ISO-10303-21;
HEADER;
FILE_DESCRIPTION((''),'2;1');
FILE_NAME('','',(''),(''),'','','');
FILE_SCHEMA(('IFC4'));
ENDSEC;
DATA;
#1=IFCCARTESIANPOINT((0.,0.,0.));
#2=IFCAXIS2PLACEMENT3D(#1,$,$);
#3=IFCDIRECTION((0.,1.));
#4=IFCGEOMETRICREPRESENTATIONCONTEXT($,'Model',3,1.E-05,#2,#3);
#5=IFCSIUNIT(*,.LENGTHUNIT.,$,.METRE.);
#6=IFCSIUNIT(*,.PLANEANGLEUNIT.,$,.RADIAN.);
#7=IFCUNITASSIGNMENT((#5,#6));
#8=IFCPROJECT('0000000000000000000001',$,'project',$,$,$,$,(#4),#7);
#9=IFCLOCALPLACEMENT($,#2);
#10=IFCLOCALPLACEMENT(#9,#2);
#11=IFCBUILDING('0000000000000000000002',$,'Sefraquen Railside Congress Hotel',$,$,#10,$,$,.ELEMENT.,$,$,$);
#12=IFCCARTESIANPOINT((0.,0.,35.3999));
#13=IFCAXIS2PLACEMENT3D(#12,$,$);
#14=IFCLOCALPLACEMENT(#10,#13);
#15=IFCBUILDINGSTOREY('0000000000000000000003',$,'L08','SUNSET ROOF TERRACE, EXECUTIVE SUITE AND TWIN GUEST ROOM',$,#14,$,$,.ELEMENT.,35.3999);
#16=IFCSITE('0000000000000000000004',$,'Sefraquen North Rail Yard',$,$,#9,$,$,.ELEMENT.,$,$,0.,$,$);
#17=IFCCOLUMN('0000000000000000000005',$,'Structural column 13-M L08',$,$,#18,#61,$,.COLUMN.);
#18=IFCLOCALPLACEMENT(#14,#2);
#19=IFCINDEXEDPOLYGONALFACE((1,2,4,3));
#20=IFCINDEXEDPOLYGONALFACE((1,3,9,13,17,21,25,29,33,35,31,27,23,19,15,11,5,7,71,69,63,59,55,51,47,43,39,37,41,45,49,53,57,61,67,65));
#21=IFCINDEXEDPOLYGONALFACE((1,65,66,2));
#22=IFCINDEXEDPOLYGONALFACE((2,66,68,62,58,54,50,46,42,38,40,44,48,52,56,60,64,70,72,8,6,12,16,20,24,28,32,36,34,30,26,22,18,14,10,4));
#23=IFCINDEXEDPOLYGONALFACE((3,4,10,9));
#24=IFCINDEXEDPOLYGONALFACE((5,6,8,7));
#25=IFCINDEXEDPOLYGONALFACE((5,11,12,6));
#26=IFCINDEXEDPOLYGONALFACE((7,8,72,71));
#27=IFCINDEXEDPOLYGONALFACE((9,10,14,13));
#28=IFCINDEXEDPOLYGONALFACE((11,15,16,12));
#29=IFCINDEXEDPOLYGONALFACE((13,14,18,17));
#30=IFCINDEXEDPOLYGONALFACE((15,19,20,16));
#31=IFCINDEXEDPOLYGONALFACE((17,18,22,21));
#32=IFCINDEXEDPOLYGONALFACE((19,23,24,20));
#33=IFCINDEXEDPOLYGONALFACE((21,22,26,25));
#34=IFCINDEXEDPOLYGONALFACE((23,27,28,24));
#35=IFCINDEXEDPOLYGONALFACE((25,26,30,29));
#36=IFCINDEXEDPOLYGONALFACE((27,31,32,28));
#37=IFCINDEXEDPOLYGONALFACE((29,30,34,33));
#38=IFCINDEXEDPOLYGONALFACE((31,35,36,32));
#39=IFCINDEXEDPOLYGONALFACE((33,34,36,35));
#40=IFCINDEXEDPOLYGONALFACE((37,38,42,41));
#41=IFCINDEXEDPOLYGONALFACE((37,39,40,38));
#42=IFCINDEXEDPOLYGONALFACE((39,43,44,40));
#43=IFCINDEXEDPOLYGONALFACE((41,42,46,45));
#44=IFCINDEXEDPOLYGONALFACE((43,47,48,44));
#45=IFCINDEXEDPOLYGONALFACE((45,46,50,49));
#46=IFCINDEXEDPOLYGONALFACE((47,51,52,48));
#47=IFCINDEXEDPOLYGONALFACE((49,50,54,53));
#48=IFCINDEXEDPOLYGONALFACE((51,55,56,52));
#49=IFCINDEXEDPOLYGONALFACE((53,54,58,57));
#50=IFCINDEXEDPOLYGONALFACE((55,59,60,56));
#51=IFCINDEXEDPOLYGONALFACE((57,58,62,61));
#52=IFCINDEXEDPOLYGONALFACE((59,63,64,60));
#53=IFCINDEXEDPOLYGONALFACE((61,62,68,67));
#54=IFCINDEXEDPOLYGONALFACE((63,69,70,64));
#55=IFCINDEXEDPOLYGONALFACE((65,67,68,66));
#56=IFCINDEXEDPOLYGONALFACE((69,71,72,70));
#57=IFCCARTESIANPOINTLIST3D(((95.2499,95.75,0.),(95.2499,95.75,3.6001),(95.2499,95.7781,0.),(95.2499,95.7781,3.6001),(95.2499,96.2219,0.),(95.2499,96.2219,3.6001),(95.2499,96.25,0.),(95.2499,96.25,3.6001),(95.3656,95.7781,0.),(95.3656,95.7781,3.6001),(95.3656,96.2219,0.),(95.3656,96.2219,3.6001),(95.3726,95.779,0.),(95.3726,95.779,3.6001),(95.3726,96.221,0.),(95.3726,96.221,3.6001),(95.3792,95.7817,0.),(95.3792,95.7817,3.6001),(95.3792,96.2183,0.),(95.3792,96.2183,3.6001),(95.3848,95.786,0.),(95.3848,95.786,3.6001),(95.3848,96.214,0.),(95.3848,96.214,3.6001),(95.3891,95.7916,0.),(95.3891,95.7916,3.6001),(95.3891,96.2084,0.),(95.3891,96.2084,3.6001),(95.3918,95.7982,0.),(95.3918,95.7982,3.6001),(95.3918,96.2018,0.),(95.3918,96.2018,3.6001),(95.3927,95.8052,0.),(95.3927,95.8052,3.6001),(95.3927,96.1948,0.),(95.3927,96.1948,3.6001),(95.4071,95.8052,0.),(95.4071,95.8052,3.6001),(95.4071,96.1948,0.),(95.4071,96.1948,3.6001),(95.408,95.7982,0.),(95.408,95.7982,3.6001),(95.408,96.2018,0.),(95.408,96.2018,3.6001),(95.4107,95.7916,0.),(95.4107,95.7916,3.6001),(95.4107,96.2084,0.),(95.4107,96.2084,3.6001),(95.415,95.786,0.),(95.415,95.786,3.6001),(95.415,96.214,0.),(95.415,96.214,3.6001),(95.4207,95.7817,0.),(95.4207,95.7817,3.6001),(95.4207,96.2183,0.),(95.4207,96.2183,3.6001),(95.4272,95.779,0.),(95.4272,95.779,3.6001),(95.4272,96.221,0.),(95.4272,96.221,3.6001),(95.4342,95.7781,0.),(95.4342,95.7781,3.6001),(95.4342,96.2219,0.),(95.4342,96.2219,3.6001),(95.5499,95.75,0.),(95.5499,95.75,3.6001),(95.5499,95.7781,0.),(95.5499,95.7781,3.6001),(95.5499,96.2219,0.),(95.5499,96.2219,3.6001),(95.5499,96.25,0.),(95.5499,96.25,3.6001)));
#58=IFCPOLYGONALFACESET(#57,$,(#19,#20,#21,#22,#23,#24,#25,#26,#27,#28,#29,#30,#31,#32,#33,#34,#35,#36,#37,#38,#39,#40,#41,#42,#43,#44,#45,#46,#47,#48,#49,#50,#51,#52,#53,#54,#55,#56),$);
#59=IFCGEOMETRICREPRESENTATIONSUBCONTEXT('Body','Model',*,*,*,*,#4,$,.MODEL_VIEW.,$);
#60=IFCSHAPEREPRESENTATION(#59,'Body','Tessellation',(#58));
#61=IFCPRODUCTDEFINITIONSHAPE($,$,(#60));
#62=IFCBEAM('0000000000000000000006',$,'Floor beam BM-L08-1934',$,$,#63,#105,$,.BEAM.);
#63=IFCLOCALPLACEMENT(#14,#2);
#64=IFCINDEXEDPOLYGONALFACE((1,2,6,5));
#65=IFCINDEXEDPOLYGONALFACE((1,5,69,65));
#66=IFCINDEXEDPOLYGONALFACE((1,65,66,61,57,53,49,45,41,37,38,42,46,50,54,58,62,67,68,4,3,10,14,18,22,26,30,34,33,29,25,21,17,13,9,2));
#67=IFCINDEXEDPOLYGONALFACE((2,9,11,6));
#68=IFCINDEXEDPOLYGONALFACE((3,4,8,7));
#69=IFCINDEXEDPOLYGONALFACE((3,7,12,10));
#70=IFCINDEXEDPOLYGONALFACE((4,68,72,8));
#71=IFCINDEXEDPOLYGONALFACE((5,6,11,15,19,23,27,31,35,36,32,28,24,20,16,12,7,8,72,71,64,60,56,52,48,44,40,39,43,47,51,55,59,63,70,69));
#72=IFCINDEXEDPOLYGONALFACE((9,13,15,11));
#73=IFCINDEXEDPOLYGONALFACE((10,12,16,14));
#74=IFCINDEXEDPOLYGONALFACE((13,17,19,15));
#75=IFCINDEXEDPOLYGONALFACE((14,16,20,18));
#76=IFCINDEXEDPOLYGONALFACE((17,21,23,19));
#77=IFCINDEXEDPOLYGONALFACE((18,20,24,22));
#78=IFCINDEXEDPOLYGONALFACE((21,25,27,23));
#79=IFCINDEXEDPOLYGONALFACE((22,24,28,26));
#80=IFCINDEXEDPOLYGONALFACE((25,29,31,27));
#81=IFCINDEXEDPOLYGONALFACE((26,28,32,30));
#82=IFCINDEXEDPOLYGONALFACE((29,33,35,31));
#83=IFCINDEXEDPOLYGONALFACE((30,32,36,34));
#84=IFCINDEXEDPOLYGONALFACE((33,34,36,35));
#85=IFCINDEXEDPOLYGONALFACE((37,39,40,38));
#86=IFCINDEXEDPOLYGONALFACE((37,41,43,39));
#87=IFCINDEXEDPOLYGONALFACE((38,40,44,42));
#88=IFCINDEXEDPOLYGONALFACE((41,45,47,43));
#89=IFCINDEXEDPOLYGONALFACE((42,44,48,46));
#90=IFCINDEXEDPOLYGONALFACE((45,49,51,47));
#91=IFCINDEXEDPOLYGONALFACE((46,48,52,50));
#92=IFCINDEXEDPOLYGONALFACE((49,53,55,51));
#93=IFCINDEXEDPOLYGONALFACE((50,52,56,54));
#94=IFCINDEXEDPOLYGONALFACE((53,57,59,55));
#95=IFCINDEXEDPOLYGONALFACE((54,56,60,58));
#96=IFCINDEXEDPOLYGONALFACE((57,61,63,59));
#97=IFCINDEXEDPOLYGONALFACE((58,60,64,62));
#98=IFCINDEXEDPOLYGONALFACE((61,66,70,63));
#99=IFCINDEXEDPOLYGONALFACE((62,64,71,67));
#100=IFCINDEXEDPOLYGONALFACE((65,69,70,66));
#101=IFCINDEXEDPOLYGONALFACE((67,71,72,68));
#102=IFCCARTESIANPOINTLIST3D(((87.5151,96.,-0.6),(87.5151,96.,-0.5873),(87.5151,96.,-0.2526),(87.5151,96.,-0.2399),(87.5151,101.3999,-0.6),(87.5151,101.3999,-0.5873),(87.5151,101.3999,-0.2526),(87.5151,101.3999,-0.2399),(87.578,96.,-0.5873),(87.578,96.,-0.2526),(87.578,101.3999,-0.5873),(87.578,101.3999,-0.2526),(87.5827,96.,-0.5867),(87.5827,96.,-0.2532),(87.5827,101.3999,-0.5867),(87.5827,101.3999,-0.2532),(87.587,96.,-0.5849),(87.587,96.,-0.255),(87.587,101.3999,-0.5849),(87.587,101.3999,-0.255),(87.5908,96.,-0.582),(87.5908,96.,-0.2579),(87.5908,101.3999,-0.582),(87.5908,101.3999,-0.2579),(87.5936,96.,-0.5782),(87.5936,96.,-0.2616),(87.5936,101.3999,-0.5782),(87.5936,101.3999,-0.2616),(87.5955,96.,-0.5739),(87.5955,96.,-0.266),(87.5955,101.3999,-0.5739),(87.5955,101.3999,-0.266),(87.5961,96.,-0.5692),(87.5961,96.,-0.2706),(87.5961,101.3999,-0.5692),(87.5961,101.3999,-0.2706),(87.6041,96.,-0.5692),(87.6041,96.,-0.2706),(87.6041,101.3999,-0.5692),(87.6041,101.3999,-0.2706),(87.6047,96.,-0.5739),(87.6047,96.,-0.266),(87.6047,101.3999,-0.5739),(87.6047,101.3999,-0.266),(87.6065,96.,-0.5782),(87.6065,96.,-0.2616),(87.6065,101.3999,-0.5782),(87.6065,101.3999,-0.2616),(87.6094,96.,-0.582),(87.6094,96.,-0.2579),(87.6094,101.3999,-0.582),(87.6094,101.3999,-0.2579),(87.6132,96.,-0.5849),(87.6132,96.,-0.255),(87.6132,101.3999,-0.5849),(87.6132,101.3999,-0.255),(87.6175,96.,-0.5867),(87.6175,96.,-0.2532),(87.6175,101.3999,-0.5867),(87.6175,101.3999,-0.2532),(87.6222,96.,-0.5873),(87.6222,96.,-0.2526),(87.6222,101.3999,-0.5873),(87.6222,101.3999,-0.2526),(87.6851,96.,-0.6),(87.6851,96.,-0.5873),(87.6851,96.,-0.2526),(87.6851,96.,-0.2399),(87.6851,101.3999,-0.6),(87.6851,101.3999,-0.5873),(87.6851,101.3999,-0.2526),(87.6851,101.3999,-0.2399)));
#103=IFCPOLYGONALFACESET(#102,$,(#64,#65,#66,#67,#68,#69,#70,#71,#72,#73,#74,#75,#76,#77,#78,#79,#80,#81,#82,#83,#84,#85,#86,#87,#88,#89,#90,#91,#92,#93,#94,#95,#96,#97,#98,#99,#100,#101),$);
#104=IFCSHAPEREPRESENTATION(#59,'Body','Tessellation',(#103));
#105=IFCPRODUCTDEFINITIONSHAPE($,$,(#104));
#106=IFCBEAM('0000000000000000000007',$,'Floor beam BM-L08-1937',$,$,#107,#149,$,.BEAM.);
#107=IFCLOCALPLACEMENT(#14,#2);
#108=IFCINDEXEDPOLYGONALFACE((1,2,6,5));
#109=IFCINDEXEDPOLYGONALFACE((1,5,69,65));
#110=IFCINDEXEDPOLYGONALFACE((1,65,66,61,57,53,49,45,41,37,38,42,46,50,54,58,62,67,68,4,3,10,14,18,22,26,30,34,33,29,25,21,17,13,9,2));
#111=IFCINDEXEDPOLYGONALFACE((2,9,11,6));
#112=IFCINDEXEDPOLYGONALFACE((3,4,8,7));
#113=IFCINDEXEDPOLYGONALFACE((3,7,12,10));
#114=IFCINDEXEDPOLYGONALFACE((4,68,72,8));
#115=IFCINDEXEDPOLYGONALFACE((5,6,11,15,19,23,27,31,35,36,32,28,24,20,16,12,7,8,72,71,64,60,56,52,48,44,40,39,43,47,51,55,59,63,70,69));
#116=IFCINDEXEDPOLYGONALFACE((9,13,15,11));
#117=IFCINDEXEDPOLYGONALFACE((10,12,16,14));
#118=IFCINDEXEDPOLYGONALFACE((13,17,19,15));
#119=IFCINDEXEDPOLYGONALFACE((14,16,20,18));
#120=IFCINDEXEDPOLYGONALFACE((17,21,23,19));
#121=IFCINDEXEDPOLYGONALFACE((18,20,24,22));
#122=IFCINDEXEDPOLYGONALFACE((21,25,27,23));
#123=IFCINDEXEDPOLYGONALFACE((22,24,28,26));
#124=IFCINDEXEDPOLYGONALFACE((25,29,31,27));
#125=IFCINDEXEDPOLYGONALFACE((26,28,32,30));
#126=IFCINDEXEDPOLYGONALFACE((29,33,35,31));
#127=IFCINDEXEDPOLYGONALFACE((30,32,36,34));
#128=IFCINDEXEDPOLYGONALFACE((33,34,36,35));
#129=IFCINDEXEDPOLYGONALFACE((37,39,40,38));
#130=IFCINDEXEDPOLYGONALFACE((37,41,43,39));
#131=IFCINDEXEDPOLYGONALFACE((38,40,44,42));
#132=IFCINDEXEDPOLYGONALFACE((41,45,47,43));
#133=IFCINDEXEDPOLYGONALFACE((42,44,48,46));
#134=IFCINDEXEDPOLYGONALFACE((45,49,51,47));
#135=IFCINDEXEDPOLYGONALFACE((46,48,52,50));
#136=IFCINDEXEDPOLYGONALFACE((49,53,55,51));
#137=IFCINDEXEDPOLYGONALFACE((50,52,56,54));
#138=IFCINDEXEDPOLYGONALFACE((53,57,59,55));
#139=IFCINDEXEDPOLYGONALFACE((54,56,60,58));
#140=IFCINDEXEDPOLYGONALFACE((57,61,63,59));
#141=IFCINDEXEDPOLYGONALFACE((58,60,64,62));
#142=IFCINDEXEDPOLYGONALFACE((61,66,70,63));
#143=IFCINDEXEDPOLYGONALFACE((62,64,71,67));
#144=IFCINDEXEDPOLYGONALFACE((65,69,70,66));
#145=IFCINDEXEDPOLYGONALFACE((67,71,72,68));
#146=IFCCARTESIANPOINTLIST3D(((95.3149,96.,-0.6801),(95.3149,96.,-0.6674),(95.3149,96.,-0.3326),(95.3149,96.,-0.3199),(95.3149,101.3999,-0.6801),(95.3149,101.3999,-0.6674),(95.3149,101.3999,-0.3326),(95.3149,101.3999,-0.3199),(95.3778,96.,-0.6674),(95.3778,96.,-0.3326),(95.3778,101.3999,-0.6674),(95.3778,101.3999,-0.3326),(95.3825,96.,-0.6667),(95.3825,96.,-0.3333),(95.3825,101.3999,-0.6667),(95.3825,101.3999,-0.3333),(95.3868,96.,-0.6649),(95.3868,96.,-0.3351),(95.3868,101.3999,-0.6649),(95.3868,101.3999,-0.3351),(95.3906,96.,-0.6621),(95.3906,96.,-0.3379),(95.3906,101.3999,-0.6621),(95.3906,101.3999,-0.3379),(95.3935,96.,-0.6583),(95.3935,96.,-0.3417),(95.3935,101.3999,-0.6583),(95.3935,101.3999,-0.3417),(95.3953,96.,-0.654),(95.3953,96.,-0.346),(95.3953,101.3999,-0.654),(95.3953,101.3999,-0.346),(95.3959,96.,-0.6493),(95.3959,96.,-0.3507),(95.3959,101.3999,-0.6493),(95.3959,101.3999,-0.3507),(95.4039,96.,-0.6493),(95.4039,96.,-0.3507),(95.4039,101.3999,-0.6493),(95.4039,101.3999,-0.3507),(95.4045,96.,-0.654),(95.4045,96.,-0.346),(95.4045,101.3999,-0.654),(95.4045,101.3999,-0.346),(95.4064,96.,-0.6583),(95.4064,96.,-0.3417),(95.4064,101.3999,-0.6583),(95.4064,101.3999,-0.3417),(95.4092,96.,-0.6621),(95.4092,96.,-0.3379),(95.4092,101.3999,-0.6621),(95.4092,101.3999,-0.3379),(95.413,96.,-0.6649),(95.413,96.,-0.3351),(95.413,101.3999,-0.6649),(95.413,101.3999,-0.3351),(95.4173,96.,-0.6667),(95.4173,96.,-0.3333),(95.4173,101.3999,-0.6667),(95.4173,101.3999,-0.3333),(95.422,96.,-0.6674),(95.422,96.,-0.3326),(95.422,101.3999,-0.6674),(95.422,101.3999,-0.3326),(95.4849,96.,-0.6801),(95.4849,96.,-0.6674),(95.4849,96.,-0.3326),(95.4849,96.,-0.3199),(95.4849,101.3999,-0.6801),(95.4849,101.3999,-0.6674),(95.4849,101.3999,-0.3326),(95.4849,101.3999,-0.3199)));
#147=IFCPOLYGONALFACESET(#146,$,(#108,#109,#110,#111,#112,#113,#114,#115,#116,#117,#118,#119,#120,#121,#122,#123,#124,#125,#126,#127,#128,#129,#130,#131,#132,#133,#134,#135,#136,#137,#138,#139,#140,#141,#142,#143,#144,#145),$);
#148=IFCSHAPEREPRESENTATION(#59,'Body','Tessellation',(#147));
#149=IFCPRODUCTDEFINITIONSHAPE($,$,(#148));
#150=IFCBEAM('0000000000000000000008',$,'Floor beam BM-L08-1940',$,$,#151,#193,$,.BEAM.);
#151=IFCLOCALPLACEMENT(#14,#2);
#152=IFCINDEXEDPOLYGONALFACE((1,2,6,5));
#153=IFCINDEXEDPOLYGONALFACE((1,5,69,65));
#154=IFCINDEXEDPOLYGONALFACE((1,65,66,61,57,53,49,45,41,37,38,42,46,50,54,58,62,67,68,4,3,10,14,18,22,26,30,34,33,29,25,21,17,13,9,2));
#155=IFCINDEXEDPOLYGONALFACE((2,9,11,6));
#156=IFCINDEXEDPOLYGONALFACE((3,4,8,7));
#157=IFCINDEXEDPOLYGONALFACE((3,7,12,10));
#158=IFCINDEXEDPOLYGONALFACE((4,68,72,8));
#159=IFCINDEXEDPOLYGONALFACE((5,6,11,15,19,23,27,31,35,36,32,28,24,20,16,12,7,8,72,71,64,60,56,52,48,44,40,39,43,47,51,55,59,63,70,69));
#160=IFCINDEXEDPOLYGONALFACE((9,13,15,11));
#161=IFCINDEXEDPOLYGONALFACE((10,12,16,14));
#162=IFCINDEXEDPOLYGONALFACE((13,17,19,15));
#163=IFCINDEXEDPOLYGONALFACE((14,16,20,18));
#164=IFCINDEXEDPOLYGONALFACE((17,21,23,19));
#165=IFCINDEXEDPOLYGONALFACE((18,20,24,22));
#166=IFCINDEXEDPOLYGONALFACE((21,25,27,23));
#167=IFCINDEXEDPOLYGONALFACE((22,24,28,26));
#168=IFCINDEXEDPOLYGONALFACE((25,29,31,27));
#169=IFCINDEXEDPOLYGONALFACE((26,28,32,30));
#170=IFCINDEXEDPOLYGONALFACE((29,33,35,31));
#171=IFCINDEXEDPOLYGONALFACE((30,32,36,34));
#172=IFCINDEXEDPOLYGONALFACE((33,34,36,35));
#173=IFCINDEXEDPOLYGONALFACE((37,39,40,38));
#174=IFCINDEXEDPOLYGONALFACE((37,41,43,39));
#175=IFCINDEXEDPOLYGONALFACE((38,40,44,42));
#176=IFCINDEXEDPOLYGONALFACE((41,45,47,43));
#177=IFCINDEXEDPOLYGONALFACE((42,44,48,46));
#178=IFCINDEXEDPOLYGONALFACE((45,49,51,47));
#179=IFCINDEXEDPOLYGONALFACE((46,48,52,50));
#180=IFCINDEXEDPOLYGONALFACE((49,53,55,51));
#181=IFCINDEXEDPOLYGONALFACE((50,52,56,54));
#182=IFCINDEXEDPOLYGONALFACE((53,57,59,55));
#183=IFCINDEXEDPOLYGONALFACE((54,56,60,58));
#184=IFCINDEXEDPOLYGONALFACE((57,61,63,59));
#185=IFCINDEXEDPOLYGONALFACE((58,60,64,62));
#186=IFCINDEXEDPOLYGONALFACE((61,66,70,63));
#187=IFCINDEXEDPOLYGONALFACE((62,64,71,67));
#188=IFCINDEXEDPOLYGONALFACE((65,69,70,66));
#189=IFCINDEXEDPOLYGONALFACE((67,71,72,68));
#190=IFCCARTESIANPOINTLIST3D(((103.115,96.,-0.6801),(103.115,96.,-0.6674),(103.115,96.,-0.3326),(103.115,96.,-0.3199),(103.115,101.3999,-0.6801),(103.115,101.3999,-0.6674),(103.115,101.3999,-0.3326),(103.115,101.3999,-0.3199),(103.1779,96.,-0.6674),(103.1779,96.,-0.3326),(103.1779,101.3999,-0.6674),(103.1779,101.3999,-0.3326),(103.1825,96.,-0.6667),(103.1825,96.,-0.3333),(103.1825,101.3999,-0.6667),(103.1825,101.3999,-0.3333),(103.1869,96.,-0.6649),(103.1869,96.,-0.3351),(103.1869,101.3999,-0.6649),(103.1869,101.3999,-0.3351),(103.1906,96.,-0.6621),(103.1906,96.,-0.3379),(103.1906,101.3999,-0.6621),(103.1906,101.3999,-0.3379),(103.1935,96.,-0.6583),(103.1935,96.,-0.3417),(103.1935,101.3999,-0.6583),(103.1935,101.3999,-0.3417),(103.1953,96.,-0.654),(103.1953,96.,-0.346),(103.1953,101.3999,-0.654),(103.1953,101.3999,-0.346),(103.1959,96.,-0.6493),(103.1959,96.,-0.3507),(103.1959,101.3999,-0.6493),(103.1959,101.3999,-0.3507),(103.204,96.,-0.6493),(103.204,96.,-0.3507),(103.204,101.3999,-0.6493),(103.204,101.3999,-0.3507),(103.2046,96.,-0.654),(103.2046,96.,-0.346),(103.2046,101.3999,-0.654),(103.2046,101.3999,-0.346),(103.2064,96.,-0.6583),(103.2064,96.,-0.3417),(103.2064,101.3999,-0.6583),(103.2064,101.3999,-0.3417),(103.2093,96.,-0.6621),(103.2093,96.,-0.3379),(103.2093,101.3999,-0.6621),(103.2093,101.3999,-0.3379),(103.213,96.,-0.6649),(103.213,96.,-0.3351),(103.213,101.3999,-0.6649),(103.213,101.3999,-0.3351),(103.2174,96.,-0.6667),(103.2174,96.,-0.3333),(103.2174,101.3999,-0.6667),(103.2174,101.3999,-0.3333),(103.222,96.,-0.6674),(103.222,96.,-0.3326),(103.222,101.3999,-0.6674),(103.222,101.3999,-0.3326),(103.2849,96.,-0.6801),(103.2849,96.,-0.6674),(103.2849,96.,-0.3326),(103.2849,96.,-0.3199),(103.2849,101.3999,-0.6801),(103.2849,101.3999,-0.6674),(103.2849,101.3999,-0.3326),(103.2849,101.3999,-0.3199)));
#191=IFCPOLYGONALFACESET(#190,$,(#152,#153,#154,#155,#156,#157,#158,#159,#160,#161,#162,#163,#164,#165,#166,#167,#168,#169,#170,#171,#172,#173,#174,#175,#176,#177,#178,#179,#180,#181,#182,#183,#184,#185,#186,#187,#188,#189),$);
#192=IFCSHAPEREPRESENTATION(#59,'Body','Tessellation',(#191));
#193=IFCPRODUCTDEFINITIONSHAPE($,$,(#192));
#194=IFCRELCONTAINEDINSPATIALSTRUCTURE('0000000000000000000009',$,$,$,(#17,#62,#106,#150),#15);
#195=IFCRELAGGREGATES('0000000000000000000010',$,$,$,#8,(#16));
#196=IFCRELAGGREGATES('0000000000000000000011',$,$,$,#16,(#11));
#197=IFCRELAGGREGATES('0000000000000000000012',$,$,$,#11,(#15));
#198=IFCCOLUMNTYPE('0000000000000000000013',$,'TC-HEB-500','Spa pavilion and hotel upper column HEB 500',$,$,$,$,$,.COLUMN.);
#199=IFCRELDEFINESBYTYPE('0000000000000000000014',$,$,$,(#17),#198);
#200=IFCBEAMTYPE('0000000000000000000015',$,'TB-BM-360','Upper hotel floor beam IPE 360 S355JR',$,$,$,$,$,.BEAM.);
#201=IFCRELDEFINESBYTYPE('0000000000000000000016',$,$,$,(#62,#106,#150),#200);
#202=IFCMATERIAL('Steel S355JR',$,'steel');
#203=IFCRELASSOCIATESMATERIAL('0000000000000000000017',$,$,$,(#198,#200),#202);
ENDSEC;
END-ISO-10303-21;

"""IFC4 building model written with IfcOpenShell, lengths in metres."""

from ifc_helpers import new_model, si_unit, direction, frame, origin, origin_2d, place, context, subcontext, project, spatial, i_section, extrude, material, material_profile, profile_set, type_object, element, save


model = new_model("IFC4")

# Units and contexts
model_context = context("Model", 3, precision=1e-05, world=origin(), true_north=direction((0.0, 1.0)))
body_context = subcontext(model_context, "Body", "Model", "MODEL_VIEW")
ifc_project = project(units=[si_unit("LENGTHUNIT", "METRE"), si_unit("PLANEANGLEUNIT", "RADIAN")], contexts=[model_context])

# Site, building, storey
site_placement = place(None, origin())
site = spatial("IfcSite", under=ifc_project, at=site_placement, Name="Sefraquen North Rail Yard", CompositionType="ELEMENT", RefElevation=0.0)
building_placement = place(site_placement, origin())
building = spatial("IfcBuilding", under=site, at=building_placement, Name="Sefraquen Railside Congress Hotel", CompositionType="ELEMENT")
storey_placement = place(building_placement, frame((0.0, 0.0, 35.3999)))
storey = spatial("IfcBuildingStorey", under=building, at=storey_placement, Name="L08", Description="SUNSET ROOF TERRACE, EXECUTIVE SUITE AND TWIN GUEST ROOM", CompositionType="ELEMENT", Elevation=35.3999)

# Column
ifc_material_1 = material(Name="Steel S355JR", Category="steel")
ifc_material_profile_1 = material_profile(ifc_material_1, i_section(OverallWidth=0.3, OverallDepth=0.5, WebThickness=0.0144, FlangeThickness=0.0281, FilletRadius=0.0271, at=origin_2d()), Name="HEB 500")
ifc_profile_set_1 = profile_set([ifc_material_profile_1], Name="Steel S355JR")
column_type = type_object("IfcColumnType", Name="TC-HEB-500", Description="Spa pavilion and hotel upper column HEB 500", PredefinedType="COLUMN", material=ifc_profile_set_1)
column_placement = place(storey_placement, frame((95.3999, 96.0, 0.0), z_axis=(0.0, 0.0, 1.0), x_axis=(1.0, 0.0, 0.0)))
element("IfcColumn", 1, at=column_placement, inside=storey, type_object=column_type, Name="Structural column 13-M L08", PredefinedType="COLUMN", context=body_context, shape_type="SweptSolid", body=[
    extrude(i_section(OverallWidth=0.3, OverallDepth=0.5, WebThickness=0.0144, FlangeThickness=0.0281, FilletRadius=0.0271, at=origin_2d()), origin(), (0.0, 0.0, 1.0), 3.6001),
])

# Beams
ifc_material_profile_2 = material_profile(ifc_material_1, i_section(OverallWidth=0.1699, OverallDepth=0.3601, WebThickness=0.0081, FlangeThickness=0.0127, FilletRadius=0.0181, at=origin_2d()), Name="IPE 360")
ifc_profile_set_2 = profile_set([ifc_material_profile_2], Name="Steel S355JR")
beam_type_1 = type_object("IfcBeamType", Name="TB-BM-360", Description="Upper hotel floor beam IPE 360 S355JR", PredefinedType="BEAM", material=ifc_profile_set_2)
for number, where, z_axis, x_axis, name in (
    (2, (87.6001, 96.0, -0.4199), (0.0, 1.0, 0.0), (-1.0, 0.0, 0.0), "Floor beam BM-L08-1934"),
    (3, (95.3999, 96.0, -0.5), (0.0, 1.0, 0.0), (-1.0, 0.0, 0.0), "Floor beam BM-L08-1937"),
    (4, (103.2, 96.0, -0.5), (0.0, 1.0, 0.0), (-1.0, 0.0, 0.0), "Floor beam BM-L08-1940"),
):
    element("IfcBeam", number, at=place(storey_placement, frame(where, z_axis=z_axis, x_axis=x_axis)), inside=storey, type_object=beam_type_1, Name=name, PredefinedType="BEAM", context=body_context, shape_type="SweptSolid", body=[
        extrude(i_section(OverallWidth=0.1699, OverallDepth=0.3601, WebThickness=0.0081, FlangeThickness=0.0127, FilletRadius=0.0181, at=origin_2d()), origin(), (0.0, 0.0, 1.0), 5.3999),
    ])

save(model, "model.ifc")
